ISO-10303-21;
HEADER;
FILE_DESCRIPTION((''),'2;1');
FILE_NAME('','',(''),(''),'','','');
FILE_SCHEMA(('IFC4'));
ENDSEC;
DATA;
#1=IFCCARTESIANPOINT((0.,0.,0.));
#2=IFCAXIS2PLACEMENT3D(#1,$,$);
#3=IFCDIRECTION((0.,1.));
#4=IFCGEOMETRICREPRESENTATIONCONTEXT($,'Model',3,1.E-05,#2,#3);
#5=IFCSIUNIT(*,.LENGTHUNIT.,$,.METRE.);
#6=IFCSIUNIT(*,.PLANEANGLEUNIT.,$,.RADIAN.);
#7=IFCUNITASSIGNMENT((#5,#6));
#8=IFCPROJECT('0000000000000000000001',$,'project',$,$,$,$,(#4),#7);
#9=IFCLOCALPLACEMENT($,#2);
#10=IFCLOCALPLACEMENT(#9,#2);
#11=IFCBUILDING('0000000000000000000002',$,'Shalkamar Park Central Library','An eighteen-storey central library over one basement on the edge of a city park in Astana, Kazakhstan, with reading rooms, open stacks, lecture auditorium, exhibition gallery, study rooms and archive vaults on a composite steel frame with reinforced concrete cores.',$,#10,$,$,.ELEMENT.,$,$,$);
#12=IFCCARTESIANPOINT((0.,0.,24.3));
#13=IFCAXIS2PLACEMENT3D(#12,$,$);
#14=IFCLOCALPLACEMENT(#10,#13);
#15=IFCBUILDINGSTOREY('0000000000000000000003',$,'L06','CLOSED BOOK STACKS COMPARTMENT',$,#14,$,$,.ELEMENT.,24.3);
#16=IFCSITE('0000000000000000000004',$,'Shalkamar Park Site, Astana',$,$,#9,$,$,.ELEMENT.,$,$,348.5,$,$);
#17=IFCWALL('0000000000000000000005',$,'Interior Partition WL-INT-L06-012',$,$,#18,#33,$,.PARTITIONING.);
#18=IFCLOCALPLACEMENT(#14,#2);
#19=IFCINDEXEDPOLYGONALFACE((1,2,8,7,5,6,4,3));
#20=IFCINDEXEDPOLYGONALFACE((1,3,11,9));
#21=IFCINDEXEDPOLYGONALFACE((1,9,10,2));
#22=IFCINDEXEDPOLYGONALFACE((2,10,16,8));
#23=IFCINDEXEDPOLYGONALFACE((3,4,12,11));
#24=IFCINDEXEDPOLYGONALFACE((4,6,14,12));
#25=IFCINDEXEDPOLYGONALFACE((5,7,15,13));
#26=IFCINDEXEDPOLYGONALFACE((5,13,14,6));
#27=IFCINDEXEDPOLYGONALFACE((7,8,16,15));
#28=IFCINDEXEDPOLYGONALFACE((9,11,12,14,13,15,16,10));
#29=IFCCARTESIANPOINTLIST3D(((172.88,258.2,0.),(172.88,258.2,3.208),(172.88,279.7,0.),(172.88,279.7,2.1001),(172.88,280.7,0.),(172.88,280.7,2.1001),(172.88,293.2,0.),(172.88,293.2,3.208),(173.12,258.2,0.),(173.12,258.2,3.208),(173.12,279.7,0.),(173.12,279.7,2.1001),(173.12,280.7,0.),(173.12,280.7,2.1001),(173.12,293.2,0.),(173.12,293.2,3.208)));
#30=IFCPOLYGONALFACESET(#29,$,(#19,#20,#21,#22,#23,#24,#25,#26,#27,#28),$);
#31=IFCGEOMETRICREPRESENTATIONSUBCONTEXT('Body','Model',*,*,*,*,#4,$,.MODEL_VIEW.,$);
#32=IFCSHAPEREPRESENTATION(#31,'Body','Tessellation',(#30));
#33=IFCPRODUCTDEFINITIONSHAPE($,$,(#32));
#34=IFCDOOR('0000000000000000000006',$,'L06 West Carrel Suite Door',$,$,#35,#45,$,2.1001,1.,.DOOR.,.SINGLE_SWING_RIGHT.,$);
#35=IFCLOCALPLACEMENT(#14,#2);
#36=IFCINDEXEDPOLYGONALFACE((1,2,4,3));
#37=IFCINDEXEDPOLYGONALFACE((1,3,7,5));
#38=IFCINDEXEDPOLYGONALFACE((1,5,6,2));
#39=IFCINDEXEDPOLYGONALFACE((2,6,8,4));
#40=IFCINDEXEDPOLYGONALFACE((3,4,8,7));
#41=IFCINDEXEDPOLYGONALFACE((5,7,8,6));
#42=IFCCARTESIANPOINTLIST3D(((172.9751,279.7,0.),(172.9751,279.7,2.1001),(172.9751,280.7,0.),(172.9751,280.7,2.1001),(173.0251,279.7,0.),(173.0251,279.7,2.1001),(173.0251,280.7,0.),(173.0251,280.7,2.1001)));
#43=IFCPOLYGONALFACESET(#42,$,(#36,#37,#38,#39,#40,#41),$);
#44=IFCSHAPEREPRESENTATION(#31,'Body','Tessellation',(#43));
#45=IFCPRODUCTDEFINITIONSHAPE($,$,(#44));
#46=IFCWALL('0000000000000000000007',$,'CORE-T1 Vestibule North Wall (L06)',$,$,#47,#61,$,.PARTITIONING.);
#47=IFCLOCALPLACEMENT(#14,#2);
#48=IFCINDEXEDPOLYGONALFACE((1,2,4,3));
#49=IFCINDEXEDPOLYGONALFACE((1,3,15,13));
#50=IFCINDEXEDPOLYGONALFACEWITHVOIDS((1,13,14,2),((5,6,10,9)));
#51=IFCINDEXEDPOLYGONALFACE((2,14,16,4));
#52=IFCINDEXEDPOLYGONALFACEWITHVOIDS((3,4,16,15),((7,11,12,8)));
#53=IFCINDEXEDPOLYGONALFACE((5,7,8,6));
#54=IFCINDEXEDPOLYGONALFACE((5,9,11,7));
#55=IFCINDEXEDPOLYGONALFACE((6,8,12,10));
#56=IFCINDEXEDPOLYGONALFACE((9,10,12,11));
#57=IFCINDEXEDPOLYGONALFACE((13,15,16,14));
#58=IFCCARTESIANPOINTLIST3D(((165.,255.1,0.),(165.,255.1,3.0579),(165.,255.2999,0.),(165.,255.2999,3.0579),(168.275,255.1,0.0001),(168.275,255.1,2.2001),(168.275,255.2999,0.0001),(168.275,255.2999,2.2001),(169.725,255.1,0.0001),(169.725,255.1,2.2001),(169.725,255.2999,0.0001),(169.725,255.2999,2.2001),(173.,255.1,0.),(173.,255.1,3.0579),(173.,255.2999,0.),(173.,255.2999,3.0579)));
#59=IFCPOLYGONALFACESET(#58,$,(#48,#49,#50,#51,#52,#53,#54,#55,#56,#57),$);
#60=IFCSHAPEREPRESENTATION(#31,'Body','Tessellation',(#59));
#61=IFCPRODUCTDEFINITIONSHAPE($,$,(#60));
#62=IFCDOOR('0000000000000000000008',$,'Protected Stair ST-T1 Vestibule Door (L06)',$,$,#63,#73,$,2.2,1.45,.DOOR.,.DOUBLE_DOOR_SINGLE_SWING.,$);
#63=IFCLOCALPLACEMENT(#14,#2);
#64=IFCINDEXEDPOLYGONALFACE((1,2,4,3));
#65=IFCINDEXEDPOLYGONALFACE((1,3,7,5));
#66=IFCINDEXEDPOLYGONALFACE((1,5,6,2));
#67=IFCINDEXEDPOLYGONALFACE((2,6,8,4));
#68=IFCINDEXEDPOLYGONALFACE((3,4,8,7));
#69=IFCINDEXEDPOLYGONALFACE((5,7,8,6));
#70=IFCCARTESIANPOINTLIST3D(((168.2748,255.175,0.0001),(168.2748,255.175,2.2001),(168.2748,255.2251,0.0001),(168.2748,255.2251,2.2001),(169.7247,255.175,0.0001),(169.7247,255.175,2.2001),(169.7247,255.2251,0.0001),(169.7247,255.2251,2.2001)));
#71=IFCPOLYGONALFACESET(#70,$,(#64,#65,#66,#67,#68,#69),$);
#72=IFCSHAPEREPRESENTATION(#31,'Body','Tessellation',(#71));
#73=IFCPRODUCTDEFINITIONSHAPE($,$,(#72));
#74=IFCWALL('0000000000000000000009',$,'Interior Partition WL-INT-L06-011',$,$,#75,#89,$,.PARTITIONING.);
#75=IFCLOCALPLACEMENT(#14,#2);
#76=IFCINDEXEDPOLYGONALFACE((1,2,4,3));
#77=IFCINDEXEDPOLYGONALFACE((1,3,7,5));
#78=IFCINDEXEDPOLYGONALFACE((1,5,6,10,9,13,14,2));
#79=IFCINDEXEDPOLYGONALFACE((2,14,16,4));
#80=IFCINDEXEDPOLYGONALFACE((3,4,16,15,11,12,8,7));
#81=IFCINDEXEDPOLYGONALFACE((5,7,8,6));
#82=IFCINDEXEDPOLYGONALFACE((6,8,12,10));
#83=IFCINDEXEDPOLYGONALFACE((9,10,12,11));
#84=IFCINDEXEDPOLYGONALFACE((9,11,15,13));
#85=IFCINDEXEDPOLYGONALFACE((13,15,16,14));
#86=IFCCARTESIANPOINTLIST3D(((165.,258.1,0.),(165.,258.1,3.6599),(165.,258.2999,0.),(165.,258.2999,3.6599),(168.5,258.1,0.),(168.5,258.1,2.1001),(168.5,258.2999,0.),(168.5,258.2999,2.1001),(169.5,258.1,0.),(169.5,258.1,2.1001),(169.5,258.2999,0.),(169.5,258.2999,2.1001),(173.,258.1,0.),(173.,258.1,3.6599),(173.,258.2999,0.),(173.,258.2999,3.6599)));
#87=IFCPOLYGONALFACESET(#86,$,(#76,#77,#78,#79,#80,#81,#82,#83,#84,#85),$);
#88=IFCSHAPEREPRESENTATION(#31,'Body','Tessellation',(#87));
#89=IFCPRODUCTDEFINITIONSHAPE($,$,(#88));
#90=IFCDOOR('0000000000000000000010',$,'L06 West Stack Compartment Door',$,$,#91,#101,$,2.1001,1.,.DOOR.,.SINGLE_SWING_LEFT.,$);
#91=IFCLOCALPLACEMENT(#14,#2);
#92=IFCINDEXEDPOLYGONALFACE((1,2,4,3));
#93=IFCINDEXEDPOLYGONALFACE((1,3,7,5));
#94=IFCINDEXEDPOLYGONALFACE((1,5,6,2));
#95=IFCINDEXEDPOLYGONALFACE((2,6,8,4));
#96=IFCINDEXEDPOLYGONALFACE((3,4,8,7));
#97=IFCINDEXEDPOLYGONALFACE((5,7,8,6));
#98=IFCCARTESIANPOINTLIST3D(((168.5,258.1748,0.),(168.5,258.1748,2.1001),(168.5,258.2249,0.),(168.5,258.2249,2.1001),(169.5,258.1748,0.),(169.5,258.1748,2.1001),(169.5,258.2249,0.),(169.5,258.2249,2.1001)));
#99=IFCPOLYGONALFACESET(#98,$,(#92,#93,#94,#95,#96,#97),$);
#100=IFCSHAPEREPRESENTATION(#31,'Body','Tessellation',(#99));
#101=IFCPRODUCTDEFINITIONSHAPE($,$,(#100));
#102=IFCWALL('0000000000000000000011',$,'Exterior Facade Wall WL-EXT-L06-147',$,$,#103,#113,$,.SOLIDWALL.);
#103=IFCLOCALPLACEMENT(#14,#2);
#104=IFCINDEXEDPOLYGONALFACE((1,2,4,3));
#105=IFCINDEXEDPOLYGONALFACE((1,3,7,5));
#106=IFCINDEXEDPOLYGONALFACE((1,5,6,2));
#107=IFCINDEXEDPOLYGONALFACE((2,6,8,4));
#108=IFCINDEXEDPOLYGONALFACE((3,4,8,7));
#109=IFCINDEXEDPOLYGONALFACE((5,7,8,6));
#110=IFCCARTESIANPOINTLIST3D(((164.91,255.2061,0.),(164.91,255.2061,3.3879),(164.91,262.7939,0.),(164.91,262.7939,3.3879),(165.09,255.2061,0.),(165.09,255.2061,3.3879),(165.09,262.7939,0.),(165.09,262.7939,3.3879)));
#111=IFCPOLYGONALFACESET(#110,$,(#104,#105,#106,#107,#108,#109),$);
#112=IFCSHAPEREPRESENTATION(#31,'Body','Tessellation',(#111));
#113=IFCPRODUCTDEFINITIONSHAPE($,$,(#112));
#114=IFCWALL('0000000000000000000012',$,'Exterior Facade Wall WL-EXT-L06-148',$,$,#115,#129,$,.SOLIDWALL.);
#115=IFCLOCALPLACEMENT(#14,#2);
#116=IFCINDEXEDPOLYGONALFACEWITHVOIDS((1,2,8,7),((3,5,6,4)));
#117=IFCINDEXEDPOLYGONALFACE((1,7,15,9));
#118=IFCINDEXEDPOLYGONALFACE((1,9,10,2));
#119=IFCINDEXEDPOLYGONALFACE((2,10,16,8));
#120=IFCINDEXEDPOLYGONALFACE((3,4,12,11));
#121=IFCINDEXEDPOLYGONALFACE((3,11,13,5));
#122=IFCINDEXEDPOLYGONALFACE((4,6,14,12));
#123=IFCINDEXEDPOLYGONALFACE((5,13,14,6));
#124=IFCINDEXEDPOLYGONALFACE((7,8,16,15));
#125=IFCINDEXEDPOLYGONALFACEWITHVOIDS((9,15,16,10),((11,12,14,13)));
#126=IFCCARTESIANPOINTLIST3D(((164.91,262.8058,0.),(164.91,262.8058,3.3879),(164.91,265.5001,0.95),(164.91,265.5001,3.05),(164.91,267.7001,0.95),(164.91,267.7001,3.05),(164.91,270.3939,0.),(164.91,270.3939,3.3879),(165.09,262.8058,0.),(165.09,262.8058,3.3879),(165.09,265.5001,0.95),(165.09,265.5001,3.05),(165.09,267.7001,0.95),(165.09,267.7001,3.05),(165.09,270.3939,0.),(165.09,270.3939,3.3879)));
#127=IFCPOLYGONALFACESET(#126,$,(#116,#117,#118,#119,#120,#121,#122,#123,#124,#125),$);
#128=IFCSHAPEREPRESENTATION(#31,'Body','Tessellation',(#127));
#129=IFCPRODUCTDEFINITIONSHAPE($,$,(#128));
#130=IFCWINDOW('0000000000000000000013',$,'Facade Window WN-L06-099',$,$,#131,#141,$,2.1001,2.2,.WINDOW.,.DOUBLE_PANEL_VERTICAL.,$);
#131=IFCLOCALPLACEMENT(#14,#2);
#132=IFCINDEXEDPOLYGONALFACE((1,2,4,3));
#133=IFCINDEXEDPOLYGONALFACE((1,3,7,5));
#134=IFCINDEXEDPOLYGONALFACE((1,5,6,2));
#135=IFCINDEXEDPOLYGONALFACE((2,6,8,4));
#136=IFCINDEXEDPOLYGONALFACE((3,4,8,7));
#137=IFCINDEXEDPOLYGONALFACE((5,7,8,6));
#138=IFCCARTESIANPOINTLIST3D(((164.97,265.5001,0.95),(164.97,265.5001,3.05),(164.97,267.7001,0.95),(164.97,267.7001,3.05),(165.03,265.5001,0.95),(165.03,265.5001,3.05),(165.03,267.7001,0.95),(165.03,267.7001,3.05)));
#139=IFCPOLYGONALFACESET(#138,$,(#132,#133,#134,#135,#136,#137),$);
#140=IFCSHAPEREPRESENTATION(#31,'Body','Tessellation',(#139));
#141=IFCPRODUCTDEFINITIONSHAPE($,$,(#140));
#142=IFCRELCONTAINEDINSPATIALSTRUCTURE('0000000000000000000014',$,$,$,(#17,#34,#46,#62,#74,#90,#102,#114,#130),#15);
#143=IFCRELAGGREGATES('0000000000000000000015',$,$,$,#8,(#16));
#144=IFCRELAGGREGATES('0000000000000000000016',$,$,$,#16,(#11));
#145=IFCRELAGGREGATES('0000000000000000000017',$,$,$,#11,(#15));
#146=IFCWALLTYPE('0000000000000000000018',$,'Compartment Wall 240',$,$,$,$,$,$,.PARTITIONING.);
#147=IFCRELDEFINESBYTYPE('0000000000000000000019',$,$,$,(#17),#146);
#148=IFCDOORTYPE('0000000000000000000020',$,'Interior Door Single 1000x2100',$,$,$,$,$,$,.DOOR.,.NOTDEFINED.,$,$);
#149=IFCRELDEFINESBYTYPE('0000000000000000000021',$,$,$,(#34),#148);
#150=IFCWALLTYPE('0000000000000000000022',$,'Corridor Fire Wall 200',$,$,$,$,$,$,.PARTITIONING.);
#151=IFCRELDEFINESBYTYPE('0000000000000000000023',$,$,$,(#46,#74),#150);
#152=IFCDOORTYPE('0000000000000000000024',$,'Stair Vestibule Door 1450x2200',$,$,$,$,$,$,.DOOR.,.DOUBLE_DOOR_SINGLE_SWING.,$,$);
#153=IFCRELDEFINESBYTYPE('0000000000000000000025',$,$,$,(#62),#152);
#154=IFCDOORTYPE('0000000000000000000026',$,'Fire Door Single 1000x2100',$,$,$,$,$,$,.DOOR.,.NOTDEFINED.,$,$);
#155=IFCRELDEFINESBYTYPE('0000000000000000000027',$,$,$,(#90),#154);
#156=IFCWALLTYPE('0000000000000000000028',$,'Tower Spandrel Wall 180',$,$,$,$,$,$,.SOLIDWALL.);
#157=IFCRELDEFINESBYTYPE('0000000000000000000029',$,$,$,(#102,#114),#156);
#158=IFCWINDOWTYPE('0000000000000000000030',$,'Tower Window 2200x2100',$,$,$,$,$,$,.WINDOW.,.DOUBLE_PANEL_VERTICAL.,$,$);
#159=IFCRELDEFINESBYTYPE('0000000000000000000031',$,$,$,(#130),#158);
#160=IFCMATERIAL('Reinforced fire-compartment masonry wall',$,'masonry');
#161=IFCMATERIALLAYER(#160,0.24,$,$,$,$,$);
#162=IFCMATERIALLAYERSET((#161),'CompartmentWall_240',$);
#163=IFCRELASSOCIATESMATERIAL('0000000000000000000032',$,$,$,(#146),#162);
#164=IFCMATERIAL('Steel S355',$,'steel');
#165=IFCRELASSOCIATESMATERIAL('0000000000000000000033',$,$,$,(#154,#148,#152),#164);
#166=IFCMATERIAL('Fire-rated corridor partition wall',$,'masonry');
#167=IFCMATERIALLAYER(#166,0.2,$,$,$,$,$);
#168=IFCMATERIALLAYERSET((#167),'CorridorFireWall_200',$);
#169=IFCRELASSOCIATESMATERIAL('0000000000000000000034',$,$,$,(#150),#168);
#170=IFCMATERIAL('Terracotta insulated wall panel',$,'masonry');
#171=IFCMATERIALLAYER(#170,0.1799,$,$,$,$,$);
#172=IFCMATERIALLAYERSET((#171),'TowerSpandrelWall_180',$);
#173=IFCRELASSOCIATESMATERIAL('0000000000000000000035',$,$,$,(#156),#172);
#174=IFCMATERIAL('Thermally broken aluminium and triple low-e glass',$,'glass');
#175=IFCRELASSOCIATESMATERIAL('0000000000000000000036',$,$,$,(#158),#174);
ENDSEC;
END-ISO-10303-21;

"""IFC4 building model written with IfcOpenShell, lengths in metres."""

from ifc_helpers import new_model, si_unit, direction, frame, frame_2d, origin, place, context, subcontext, project, spatial, rectangle, extrude, material, layer, layer_set, type_object, element, fill, save


model = new_model("IFC4")

# Units and contexts
model_context = context("Model", 3, precision=1e-05, world=origin(), true_north=direction((0.0, 1.0)))
body_context = subcontext(model_context, "Body", "Model", "MODEL_VIEW")
ifc_project = project(units=[si_unit("LENGTHUNIT", "METRE"), si_unit("PLANEANGLEUNIT", "RADIAN")], contexts=[model_context])

# Site, building, storey
site_placement = place(None, origin())
site = spatial("IfcSite", under=ifc_project, at=site_placement, Name="Shalkamar Park Site, Astana", CompositionType="ELEMENT", RefElevation=348.5)
building_placement = place(site_placement, origin())
building = spatial("IfcBuilding", under=site, at=building_placement, Name="Shalkamar Park Central Library", Description="An eighteen-storey central library over one basement on the edge of a city park in Astana, Kazakhstan, with reading rooms, open stacks, lecture auditorium, exhibition gallery, study rooms and archive vaults on a composite steel frame with reinforced concrete cores.", CompositionType="ELEMENT")
storey_placement = place(building_placement, frame((0.0, 0.0, 24.3)))
storey = spatial("IfcBuildingStorey", under=building, at=storey_placement, Name="L06", Description="CLOSED BOOK STACKS COMPARTMENT", CompositionType="ELEMENT", Elevation=24.3)

# Shared definitions
ifc_material_1 = material(Name="Steel S355", Category="steel")

# Shared definitions
ifc_material_2 = material(Name="Reinforced fire-compartment masonry wall", Category="masonry")
ifc_layer_1 = layer(ifc_material_2, 0.24)
ifc_layer_set_1 = layer_set([ifc_layer_1], Name="CompartmentWall_240")
wall_type_1 = type_object("IfcWallType", Name="Compartment Wall 240", PredefinedType="PARTITIONING", material=ifc_layer_set_1)
door_type_1 = type_object("IfcDoorType", Name="Fire Door Single 1000x2100", OperationType="NOTDEFINED", PredefinedType="DOOR", material=ifc_material_1)

# Walls, openings, doors
wall_1_placement = place(storey_placement, frame((173.0, 258.2, 0.0), z_axis=(0.0, 0.0, 1.0), x_axis=(0.0, 1.0, 0.0)))
wall_1 = element("IfcWall", 1, at=wall_1_placement, inside=storey, type_object=wall_type_1, Name="Interior Partition WL-INT-L06-012", PredefinedType="PARTITIONING", context=body_context, shape_type="SweptSolid", body=[
    extrude(rectangle(XDim=35.0, YDim=0.24, at=frame_2d((17.5, 0.0))), origin(), (0.0, 0.0, 1.0), 3.208),
])
opening_1_placement = place(wall_1_placement, frame((21.5, 0.0, 0.0)))
opening_1 = element("IfcOpeningElement", 2, at=opening_1_placement, cuts=wall_1, PredefinedType="OPENING", context=body_context, shape_type="SweptSolid", body=[
    extrude(rectangle(XDim=1.0, YDim=2.1001, at=frame_2d((0.5, 1.05))), frame((0.0, 0.1348, 0.0), z_axis=(0.0, -1.0, 0.0), x_axis=(1.0, 0.0, 0.0)), (0.0, 0.0, 1.0), 0.2698),
])
door_type_2 = type_object("IfcDoorType", Name="Interior Door Single 1000x2100", OperationType="NOTDEFINED", PredefinedType="DOOR", material=ifc_material_1)
door_1_placement = place(opening_1_placement, origin())
door_1 = element("IfcDoor", 3, at=door_1_placement, inside=storey, type_object=door_type_2, Name="L06 West Carrel Suite Door", OperationType="SINGLE_SWING_RIGHT", OverallHeight=2.1001, OverallWidth=1.0, PredefinedType="DOOR", context=body_context, shape_type="SweptSolid", body=[
    extrude(rectangle(XDim=1.0, YDim=2.1001, at=frame_2d((0.5, 1.05))), frame((0.0, 0.0249, 0.0), z_axis=(0.0, -1.0, 0.0), x_axis=(1.0, 0.0, 0.0)), (0.0, 0.0, 1.0), 0.05),
])
fill(opening_1, door_1)
ifc_material_3 = material(Name="Fire-rated corridor partition wall", Category="masonry")
ifc_layer_2 = layer(ifc_material_3, 0.2)
ifc_layer_set_2 = layer_set([ifc_layer_2], Name="CorridorFireWall_200")
wall_type_2 = type_object("IfcWallType", Name="Corridor Fire Wall 200", PredefinedType="PARTITIONING", material=ifc_layer_set_2)
wall_2_placement = place(storey_placement, frame((165.0, 255.2, 0.0), z_axis=(0.0, 0.0, 1.0), x_axis=(1.0, 0.0, 0.0)))
wall_2 = element("IfcWall", 4, at=wall_2_placement, inside=storey, type_object=wall_type_2, Name="CORE-T1 Vestibule North Wall (L06)", PredefinedType="PARTITIONING", context=body_context, shape_type="SweptSolid", body=[
    extrude(rectangle(XDim=8.0, YDim=0.2, at=frame_2d((4.0, 0.0))), origin(), (0.0, 0.0, 1.0), 3.0579),
])
opening_2_placement = place(wall_2_placement, frame((3.2749, 0.0, 0.0)))
opening_2 = element("IfcOpeningElement", 5, at=opening_2_placement, cuts=wall_2, PredefinedType="OPENING", context=body_context, shape_type="SweptSolid", body=[
    extrude(rectangle(XDim=1.45, YDim=2.2, at=frame_2d((0.7251, 1.1001))), frame((0.0, 0.1147, 0.0), z_axis=(0.0, -1.0, 0.0), x_axis=(1.0, 0.0, 0.0)), (0.0, 0.0, 1.0), 0.2297),
])
door_type_3 = type_object("IfcDoorType", Name="Stair Vestibule Door 1450x2200", OperationType="DOUBLE_DOOR_SINGLE_SWING", PredefinedType="DOOR", material=ifc_material_1)
door_2_placement = place(opening_2_placement, frame((1.45, 0.0, 0.0), z_axis=(0.0, 0.0, 1.0), x_axis=(-1.0, 0.0, 0.0)))
door_2 = element("IfcDoor", 6, at=door_2_placement, inside=storey, type_object=door_type_3, Name="Protected Stair ST-T1 Vestibule Door (L06)", OperationType="DOUBLE_DOOR_SINGLE_SWING", OverallHeight=2.2, OverallWidth=1.45, PredefinedType="DOOR", context=body_context, shape_type="SweptSolid", body=[
    extrude(rectangle(XDim=1.45, YDim=2.2, at=frame_2d((0.7251, 1.1001))), frame((0.0, 0.0249, 0.0), z_axis=(0.0, -1.0, 0.0), x_axis=(1.0, 0.0, 0.0)), (0.0, 0.0, 1.0), 0.05),
])
fill(opening_2, door_2)
wall_3_placement = place(storey_placement, frame((165.0, 258.2, 0.0), z_axis=(0.0, 0.0, 1.0), x_axis=(1.0, 0.0, 0.0)))
wall_3 = element("IfcWall", 7, at=wall_3_placement, inside=storey, type_object=wall_type_2, Name="Interior Partition WL-INT-L06-011", PredefinedType="PARTITIONING", context=body_context, shape_type="SweptSolid", body=[
    extrude(rectangle(XDim=8.0, YDim=0.2, at=frame_2d((4.0, 0.0))), origin(), (0.0, 0.0, 1.0), 3.6599),
])
opening_3_placement = place(wall_3_placement, frame((3.5, 0.0, 0.0)))
opening_3 = element("IfcOpeningElement", 8, at=opening_3_placement, cuts=wall_3, PredefinedType="OPENING", context=body_context, shape_type="SweptSolid", body=[
    extrude(rectangle(XDim=1.0, YDim=2.1001, at=frame_2d((0.5, 1.05))), frame((0.0, 0.1147, 0.0), z_axis=(0.0, -1.0, 0.0), x_axis=(1.0, 0.0, 0.0)), (0.0, 0.0, 1.0), 0.2297),
])
door_3_placement = place(opening_3_placement, origin())
door_3 = element("IfcDoor", 9, at=door_3_placement, inside=storey, type_object=door_type_1, Name="L06 West Stack Compartment Door", OperationType="SINGLE_SWING_LEFT", OverallHeight=2.1001, OverallWidth=1.0, PredefinedType="DOOR", context=body_context, shape_type="SweptSolid", body=[
    extrude(rectangle(XDim=1.0, YDim=2.1001, at=frame_2d((0.5, 1.05))), frame((0.0, 0.0249, 0.0), z_axis=(0.0, -1.0, 0.0), x_axis=(1.0, 0.0, 0.0)), (0.0, 0.0, 1.0), 0.05),
])
fill(opening_3, door_3)

# Wall
ifc_material_4 = material(Name="Terracotta insulated wall panel", Category="masonry")
ifc_layer_3 = layer(ifc_material_4, 0.1799)
ifc_layer_set_3 = layer_set([ifc_layer_3], Name="TowerSpandrelWall_180")
wall_type_3 = type_object("IfcWallType", Name="Tower Spandrel Wall 180", PredefinedType="SOLIDWALL", material=ifc_layer_set_3)
wall_4_placement = place(storey_placement, frame((165.0, 255.2061, 0.0), z_axis=(0.0, 0.0, 1.0), x_axis=(0.0, 1.0, 0.0)))
element("IfcWall", 10, at=wall_4_placement, inside=storey, type_object=wall_type_3, Name="Exterior Facade Wall WL-EXT-L06-147", PredefinedType="SOLIDWALL", context=body_context, shape_type="SweptSolid", body=[
    extrude(rectangle(XDim=7.5879, YDim=0.1799, at=frame_2d((3.7939, 0.0))), origin(), (0.0, 0.0, 1.0), 3.3879),
])

# Wall, opening, window
wall_5_placement = place(storey_placement, frame((165.0, 262.8059, 0.0), z_axis=(0.0, 0.0, 1.0), x_axis=(0.0, 1.0, 0.0)))
wall_5 = element("IfcWall", 11, at=wall_5_placement, inside=storey, type_object=wall_type_3, Name="Exterior Facade Wall WL-EXT-L06-148", PredefinedType="SOLIDWALL", context=body_context, shape_type="SweptSolid", body=[
    extrude(rectangle(XDim=7.5881, YDim=0.1799, at=frame_2d((3.7939, 0.0))), origin(), (0.0, 0.0, 1.0), 3.3879),
])
opening_4_placement = place(wall_5_placement, frame((2.6941, 0.0, 0.95)))
opening_4 = element("IfcOpeningElement", 12, at=opening_4_placement, cuts=wall_5, PredefinedType="OPENING", context=body_context, shape_type="SweptSolid", body=[
    extrude(rectangle(XDim=2.2, YDim=2.1001, at=frame_2d((1.1001, 1.05))), frame((0.0, 0.105, 0.0), z_axis=(0.0, -1.0, 0.0), x_axis=(1.0, 0.0, 0.0)), (0.0, 0.0, 1.0), 0.2097),
])
ifc_material_5 = material(Name="Thermally broken aluminium and triple low-e glass", Category="glass")
window_type_1 = type_object("IfcWindowType", Name="Tower Window 2200x2100", PartitioningType="DOUBLE_PANEL_VERTICAL", PredefinedType="WINDOW", material=ifc_material_5)
window_1_placement = place(opening_4_placement, origin())
window_1 = element("IfcWindow", 13, at=window_1_placement, inside=storey, type_object=window_type_1, Name="Facade Window WN-L06-099", OverallHeight=2.1001, OverallWidth=2.2, PartitioningType="DOUBLE_PANEL_VERTICAL", PredefinedType="WINDOW", context=body_context, shape_type="SweptSolid", body=[
    extrude(rectangle(XDim=2.2, YDim=2.1001, at=frame_2d((1.1001, 1.05))), frame((0.0, 0.03, 0.0), z_axis=(0.0, -1.0, 0.0), x_axis=(1.0, 0.0, 0.0)), (0.0, 0.0, 1.0), 0.0601),
])
fill(opening_4, window_1)

save(model, "model.ifc")
